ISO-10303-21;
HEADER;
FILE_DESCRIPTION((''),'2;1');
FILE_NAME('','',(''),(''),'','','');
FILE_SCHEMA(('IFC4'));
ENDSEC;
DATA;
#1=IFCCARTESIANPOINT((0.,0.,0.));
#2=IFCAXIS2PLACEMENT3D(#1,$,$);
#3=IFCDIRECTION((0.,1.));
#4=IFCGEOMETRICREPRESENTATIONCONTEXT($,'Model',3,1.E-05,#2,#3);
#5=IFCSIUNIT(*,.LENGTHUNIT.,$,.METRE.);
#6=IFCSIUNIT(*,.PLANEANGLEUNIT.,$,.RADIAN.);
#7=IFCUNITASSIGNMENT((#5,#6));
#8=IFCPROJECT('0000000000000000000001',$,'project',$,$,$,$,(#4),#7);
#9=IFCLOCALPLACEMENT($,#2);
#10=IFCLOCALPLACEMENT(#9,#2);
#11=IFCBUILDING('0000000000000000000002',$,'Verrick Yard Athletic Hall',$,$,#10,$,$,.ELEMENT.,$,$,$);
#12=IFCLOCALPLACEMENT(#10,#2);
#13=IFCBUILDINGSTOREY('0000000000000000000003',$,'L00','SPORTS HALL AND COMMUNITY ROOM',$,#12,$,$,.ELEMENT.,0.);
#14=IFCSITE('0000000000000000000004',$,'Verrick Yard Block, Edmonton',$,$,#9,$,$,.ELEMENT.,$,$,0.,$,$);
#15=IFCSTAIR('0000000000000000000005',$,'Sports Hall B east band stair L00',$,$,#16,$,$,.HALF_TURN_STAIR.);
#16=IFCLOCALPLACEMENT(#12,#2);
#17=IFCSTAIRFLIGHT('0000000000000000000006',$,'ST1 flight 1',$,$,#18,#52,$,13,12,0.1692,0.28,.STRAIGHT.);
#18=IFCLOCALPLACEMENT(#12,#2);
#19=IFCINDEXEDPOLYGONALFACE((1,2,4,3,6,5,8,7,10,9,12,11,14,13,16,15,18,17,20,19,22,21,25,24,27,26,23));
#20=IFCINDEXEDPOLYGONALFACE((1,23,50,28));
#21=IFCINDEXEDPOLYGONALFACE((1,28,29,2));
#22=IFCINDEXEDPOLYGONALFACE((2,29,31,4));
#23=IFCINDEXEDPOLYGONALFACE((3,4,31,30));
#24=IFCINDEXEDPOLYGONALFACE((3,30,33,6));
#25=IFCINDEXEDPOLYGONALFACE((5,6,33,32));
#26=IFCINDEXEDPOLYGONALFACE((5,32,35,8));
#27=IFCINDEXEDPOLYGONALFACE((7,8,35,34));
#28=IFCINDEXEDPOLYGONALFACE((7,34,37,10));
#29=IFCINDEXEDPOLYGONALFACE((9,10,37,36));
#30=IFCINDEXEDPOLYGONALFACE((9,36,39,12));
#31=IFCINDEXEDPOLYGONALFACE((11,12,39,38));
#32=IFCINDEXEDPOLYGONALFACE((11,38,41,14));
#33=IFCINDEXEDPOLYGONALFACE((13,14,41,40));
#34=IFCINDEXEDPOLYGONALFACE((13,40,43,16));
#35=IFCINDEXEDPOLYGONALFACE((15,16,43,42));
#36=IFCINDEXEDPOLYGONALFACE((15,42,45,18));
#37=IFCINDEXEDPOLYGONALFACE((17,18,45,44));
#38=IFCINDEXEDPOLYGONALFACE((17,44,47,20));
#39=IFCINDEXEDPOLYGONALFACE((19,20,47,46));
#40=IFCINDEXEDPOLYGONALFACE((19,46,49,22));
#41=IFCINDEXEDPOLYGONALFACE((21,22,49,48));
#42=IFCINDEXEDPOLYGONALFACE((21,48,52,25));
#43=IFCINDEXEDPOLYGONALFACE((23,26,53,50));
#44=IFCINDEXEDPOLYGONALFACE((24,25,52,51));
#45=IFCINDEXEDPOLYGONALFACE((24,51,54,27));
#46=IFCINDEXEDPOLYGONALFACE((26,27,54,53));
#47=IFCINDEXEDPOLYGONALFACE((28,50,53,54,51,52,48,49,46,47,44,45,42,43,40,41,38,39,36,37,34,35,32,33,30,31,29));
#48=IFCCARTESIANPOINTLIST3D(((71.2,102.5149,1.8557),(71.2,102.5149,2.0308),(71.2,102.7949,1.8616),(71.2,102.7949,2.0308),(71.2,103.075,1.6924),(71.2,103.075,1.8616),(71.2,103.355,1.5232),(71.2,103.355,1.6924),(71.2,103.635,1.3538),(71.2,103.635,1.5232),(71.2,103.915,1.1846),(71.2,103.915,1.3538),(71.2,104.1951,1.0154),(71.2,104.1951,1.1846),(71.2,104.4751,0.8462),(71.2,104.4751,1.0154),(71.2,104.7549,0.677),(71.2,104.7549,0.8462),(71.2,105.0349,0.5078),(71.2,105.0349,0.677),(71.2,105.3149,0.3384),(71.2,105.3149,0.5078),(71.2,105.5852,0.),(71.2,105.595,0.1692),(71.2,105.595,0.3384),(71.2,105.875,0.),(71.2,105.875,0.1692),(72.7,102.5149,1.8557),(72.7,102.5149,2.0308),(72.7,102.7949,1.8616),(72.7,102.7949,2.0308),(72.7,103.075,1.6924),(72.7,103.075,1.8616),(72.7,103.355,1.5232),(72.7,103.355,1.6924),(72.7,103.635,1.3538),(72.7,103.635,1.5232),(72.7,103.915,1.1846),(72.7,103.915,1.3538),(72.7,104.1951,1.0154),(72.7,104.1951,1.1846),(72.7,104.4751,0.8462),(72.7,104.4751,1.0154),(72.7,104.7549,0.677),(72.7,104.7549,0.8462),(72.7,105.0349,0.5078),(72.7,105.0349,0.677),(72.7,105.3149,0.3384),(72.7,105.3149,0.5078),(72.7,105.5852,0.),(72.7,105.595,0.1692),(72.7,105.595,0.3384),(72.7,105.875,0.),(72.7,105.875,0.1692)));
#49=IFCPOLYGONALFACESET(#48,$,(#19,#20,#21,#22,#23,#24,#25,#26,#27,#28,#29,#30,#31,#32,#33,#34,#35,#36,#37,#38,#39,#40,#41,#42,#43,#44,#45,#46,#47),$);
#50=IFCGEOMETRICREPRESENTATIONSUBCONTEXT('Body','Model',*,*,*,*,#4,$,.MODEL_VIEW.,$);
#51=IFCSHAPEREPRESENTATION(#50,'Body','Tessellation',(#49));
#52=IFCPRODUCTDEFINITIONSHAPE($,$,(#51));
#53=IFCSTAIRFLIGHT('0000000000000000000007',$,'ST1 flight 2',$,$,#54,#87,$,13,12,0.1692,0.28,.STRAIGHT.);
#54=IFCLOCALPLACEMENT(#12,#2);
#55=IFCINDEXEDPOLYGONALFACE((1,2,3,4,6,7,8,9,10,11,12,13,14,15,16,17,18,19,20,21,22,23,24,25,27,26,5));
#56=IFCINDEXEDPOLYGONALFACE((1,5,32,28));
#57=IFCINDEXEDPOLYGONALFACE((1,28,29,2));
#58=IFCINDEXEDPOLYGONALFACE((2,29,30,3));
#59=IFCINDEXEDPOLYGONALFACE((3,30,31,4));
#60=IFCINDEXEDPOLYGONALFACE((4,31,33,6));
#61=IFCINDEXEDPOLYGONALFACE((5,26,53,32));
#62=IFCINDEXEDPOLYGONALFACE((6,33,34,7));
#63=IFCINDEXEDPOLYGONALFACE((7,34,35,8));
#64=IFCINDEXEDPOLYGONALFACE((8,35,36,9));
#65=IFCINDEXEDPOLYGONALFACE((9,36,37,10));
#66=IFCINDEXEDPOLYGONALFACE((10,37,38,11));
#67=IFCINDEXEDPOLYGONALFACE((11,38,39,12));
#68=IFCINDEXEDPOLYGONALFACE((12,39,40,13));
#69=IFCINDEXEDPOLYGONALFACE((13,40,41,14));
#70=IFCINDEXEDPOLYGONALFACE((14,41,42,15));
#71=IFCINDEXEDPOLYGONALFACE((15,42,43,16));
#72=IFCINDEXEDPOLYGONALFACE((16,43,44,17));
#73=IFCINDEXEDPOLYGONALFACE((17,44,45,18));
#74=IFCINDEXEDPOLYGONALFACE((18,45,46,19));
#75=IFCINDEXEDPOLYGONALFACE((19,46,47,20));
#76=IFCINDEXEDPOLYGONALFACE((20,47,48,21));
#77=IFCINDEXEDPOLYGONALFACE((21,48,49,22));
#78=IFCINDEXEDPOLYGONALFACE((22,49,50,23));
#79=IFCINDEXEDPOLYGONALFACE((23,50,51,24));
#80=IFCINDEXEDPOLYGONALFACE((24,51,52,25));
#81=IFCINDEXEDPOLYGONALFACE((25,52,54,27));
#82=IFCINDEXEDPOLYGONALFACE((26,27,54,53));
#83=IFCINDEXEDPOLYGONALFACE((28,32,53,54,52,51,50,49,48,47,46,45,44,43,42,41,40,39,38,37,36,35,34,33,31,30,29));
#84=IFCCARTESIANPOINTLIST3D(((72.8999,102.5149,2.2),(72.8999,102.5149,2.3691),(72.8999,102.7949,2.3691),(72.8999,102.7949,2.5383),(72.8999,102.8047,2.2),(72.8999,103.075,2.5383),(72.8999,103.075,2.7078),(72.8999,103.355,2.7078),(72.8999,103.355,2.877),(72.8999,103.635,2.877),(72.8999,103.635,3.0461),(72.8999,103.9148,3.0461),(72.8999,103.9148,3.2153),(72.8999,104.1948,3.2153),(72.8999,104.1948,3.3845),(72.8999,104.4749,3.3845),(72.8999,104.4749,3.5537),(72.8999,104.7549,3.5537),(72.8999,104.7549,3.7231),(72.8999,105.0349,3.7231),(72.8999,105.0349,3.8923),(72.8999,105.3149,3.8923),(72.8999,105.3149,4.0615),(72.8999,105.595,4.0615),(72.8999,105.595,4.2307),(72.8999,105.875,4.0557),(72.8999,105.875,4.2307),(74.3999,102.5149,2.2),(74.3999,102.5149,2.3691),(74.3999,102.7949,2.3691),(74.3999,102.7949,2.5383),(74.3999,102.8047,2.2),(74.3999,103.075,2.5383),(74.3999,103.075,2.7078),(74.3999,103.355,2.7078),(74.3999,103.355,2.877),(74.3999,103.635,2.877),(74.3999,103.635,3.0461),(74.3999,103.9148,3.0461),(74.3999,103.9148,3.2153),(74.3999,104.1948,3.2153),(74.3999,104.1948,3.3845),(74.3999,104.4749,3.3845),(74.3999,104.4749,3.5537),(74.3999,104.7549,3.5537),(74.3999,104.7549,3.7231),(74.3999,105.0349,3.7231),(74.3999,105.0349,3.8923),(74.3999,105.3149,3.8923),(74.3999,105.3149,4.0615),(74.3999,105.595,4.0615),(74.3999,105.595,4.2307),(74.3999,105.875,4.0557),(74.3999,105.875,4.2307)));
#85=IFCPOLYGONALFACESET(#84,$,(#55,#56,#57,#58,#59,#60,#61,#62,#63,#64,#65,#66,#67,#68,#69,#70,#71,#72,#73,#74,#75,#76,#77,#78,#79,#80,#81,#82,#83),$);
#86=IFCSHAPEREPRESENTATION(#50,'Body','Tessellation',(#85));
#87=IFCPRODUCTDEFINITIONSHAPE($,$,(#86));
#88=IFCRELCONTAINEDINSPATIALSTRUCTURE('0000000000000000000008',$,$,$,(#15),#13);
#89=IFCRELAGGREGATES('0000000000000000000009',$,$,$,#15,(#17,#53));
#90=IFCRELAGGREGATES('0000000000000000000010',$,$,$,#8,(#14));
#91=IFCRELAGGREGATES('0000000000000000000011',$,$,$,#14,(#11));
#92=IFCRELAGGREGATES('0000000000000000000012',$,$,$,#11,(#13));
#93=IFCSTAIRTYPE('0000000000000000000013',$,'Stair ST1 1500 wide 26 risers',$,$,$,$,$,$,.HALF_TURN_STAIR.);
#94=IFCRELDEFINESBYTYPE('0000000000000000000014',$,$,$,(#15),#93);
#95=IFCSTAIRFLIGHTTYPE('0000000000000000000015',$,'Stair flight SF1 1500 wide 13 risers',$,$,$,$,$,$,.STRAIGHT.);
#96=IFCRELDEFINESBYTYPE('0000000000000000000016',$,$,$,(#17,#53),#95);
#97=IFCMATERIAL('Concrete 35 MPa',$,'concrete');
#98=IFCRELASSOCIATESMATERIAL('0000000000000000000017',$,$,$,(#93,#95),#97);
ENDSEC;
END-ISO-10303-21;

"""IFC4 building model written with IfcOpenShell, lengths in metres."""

from ifc_helpers import new_model, si_unit, direction, frame, origin, place, context, subcontext, project, spatial, polyline, outline, extrude, material, type_object, element, aggregate, save


model = new_model("IFC4")

# Units and contexts
model_context = context("Model", 3, precision=1e-05, world=origin(), true_north=direction((0.0, 1.0)))
body_context = subcontext(model_context, "Body", "Model", "MODEL_VIEW")
ifc_project = project(units=[si_unit("LENGTHUNIT", "METRE"), si_unit("PLANEANGLEUNIT", "RADIAN")], contexts=[model_context])

# Site, building, storey
site_placement = place(None, origin())
site = spatial("IfcSite", under=ifc_project, at=site_placement, Name="Verrick Yard Block, Edmonton", CompositionType="ELEMENT", RefElevation=0.0)
building_placement = place(site_placement, origin())
building = spatial("IfcBuilding", under=site, at=building_placement, Name="Verrick Yard Athletic Hall", CompositionType="ELEMENT")
storey_placement = place(building_placement, origin())
storey = spatial("IfcBuildingStorey", under=building, at=storey_placement, Name="L00", Description="SPORTS HALL AND COMMUNITY ROOM", CompositionType="ELEMENT", Elevation=0.0)

# Shared definitions
ifc_material_1 = material(Name="Concrete 35 MPa", Category="concrete")

# Stair, stair flights
stair_type = type_object("IfcStairType", Name="Stair ST1 1500 wide 26 risers", PredefinedType="HALF_TURN_STAIR", material=ifc_material_1)
stair_placement = place(storey_placement, origin())
stair = element("IfcStair", 1, at=stair_placement, inside=storey, type_object=stair_type, Name="Sports Hall B east band stair L00", PredefinedType="HALF_TURN_STAIR")
stair_flight_type = type_object("IfcStairFlightType", Name="Stair flight SF1 1500 wide 13 risers", PredefinedType="STRAIGHT", material=ifc_material_1)
stair_flight_1_placement = place(storey_placement, frame((71.95, 105.875, 0.0), z_axis=(0.0, 0.0, 1.0), x_axis=(0.0, -1.0, 0.0)))
stair_flight_1 = element("IfcStairFlight", 2, at=stair_flight_1_placement, type_object=stair_flight_type, Name="ST1 flight 1", NumberOfRisers=13, NumberOfTreads=12, PredefinedType="STRAIGHT", RiserHeight=0.1692, TreadLength=0.28, context=body_context, shape_type="SweptSolid", body=[
    extrude(outline(polyline([(0.0, 0.0), (0.0, 0.1692), (0.28, 0.1692), (0.28, 0.3384), (0.5601, 0.3384), (0.5601, 0.5078), (0.8401, 0.5078), (0.8401, 0.677), (1.1201, 0.677), (1.1201, 0.8462), (1.3999, 0.8462), (1.3999, 1.0154), (1.6799, 1.0154), (1.6799, 1.1846), (1.96, 1.1846), (1.96, 1.3538), (2.24, 1.3538), (2.24, 1.5232), (2.52, 1.5232), (2.52, 1.6924), (2.8, 1.6924), (2.8, 1.8616), (3.0801, 1.8616), (3.0801, 2.0308), (3.3601, 2.0308), (3.3601, 2.2), (3.3601, 1.8557), (0.2898, 0.0), (0.0, 0.0)])), frame((0.0, 0.75, 0.0), z_axis=(0.0, -1.0, 0.0), x_axis=(1.0, 0.0, 0.0)), (0.0, 0.0, 1.0), 1.5),
])
stair_flight_2_placement = place(storey_placement, frame((73.6499, 102.5149, 2.2), z_axis=(0.0, 0.0, 1.0), x_axis=(0.0, 1.0, 0.0)))
stair_flight_2 = element("IfcStairFlight", 3, at=stair_flight_2_placement, type_object=stair_flight_type, Name="ST1 flight 2", NumberOfRisers=13, NumberOfTreads=12, PredefinedType="STRAIGHT", RiserHeight=0.1692, TreadLength=0.28, context=body_context, shape_type="SweptSolid", body=[
    extrude(outline(polyline([(0.0, 0.0), (0.0, 0.1692), (0.28, 0.1692), (0.28, 0.3384), (0.5601, 0.3384), (0.5601, 0.5078), (0.8401, 0.5078), (0.8401, 0.677), (1.1201, 0.677), (1.1201, 0.8462), (1.3999, 0.8462), (1.3999, 1.0154), (1.6799, 1.0154), (1.6799, 1.1846), (1.96, 1.1846), (1.96, 1.3538), (2.24, 1.3538), (2.24, 1.5232), (2.52, 1.5232), (2.52, 1.6924), (2.8, 1.6924), (2.8, 1.8616), (3.0801, 1.8616), (3.0801, 2.0308), (3.3601, 2.0308), (3.3601, 2.2), (3.3601, 1.8557), (0.2898, 0.0), (0.0, 0.0)])), frame((0.0, 0.75, 0.0), z_axis=(0.0, -1.0, 0.0), x_axis=(1.0, 0.0, 0.0)), (0.0, 0.0, 1.0), 1.5),
])
aggregate(stair, [stair_flight_1, stair_flight_2])

save(model, "model.ifc")
